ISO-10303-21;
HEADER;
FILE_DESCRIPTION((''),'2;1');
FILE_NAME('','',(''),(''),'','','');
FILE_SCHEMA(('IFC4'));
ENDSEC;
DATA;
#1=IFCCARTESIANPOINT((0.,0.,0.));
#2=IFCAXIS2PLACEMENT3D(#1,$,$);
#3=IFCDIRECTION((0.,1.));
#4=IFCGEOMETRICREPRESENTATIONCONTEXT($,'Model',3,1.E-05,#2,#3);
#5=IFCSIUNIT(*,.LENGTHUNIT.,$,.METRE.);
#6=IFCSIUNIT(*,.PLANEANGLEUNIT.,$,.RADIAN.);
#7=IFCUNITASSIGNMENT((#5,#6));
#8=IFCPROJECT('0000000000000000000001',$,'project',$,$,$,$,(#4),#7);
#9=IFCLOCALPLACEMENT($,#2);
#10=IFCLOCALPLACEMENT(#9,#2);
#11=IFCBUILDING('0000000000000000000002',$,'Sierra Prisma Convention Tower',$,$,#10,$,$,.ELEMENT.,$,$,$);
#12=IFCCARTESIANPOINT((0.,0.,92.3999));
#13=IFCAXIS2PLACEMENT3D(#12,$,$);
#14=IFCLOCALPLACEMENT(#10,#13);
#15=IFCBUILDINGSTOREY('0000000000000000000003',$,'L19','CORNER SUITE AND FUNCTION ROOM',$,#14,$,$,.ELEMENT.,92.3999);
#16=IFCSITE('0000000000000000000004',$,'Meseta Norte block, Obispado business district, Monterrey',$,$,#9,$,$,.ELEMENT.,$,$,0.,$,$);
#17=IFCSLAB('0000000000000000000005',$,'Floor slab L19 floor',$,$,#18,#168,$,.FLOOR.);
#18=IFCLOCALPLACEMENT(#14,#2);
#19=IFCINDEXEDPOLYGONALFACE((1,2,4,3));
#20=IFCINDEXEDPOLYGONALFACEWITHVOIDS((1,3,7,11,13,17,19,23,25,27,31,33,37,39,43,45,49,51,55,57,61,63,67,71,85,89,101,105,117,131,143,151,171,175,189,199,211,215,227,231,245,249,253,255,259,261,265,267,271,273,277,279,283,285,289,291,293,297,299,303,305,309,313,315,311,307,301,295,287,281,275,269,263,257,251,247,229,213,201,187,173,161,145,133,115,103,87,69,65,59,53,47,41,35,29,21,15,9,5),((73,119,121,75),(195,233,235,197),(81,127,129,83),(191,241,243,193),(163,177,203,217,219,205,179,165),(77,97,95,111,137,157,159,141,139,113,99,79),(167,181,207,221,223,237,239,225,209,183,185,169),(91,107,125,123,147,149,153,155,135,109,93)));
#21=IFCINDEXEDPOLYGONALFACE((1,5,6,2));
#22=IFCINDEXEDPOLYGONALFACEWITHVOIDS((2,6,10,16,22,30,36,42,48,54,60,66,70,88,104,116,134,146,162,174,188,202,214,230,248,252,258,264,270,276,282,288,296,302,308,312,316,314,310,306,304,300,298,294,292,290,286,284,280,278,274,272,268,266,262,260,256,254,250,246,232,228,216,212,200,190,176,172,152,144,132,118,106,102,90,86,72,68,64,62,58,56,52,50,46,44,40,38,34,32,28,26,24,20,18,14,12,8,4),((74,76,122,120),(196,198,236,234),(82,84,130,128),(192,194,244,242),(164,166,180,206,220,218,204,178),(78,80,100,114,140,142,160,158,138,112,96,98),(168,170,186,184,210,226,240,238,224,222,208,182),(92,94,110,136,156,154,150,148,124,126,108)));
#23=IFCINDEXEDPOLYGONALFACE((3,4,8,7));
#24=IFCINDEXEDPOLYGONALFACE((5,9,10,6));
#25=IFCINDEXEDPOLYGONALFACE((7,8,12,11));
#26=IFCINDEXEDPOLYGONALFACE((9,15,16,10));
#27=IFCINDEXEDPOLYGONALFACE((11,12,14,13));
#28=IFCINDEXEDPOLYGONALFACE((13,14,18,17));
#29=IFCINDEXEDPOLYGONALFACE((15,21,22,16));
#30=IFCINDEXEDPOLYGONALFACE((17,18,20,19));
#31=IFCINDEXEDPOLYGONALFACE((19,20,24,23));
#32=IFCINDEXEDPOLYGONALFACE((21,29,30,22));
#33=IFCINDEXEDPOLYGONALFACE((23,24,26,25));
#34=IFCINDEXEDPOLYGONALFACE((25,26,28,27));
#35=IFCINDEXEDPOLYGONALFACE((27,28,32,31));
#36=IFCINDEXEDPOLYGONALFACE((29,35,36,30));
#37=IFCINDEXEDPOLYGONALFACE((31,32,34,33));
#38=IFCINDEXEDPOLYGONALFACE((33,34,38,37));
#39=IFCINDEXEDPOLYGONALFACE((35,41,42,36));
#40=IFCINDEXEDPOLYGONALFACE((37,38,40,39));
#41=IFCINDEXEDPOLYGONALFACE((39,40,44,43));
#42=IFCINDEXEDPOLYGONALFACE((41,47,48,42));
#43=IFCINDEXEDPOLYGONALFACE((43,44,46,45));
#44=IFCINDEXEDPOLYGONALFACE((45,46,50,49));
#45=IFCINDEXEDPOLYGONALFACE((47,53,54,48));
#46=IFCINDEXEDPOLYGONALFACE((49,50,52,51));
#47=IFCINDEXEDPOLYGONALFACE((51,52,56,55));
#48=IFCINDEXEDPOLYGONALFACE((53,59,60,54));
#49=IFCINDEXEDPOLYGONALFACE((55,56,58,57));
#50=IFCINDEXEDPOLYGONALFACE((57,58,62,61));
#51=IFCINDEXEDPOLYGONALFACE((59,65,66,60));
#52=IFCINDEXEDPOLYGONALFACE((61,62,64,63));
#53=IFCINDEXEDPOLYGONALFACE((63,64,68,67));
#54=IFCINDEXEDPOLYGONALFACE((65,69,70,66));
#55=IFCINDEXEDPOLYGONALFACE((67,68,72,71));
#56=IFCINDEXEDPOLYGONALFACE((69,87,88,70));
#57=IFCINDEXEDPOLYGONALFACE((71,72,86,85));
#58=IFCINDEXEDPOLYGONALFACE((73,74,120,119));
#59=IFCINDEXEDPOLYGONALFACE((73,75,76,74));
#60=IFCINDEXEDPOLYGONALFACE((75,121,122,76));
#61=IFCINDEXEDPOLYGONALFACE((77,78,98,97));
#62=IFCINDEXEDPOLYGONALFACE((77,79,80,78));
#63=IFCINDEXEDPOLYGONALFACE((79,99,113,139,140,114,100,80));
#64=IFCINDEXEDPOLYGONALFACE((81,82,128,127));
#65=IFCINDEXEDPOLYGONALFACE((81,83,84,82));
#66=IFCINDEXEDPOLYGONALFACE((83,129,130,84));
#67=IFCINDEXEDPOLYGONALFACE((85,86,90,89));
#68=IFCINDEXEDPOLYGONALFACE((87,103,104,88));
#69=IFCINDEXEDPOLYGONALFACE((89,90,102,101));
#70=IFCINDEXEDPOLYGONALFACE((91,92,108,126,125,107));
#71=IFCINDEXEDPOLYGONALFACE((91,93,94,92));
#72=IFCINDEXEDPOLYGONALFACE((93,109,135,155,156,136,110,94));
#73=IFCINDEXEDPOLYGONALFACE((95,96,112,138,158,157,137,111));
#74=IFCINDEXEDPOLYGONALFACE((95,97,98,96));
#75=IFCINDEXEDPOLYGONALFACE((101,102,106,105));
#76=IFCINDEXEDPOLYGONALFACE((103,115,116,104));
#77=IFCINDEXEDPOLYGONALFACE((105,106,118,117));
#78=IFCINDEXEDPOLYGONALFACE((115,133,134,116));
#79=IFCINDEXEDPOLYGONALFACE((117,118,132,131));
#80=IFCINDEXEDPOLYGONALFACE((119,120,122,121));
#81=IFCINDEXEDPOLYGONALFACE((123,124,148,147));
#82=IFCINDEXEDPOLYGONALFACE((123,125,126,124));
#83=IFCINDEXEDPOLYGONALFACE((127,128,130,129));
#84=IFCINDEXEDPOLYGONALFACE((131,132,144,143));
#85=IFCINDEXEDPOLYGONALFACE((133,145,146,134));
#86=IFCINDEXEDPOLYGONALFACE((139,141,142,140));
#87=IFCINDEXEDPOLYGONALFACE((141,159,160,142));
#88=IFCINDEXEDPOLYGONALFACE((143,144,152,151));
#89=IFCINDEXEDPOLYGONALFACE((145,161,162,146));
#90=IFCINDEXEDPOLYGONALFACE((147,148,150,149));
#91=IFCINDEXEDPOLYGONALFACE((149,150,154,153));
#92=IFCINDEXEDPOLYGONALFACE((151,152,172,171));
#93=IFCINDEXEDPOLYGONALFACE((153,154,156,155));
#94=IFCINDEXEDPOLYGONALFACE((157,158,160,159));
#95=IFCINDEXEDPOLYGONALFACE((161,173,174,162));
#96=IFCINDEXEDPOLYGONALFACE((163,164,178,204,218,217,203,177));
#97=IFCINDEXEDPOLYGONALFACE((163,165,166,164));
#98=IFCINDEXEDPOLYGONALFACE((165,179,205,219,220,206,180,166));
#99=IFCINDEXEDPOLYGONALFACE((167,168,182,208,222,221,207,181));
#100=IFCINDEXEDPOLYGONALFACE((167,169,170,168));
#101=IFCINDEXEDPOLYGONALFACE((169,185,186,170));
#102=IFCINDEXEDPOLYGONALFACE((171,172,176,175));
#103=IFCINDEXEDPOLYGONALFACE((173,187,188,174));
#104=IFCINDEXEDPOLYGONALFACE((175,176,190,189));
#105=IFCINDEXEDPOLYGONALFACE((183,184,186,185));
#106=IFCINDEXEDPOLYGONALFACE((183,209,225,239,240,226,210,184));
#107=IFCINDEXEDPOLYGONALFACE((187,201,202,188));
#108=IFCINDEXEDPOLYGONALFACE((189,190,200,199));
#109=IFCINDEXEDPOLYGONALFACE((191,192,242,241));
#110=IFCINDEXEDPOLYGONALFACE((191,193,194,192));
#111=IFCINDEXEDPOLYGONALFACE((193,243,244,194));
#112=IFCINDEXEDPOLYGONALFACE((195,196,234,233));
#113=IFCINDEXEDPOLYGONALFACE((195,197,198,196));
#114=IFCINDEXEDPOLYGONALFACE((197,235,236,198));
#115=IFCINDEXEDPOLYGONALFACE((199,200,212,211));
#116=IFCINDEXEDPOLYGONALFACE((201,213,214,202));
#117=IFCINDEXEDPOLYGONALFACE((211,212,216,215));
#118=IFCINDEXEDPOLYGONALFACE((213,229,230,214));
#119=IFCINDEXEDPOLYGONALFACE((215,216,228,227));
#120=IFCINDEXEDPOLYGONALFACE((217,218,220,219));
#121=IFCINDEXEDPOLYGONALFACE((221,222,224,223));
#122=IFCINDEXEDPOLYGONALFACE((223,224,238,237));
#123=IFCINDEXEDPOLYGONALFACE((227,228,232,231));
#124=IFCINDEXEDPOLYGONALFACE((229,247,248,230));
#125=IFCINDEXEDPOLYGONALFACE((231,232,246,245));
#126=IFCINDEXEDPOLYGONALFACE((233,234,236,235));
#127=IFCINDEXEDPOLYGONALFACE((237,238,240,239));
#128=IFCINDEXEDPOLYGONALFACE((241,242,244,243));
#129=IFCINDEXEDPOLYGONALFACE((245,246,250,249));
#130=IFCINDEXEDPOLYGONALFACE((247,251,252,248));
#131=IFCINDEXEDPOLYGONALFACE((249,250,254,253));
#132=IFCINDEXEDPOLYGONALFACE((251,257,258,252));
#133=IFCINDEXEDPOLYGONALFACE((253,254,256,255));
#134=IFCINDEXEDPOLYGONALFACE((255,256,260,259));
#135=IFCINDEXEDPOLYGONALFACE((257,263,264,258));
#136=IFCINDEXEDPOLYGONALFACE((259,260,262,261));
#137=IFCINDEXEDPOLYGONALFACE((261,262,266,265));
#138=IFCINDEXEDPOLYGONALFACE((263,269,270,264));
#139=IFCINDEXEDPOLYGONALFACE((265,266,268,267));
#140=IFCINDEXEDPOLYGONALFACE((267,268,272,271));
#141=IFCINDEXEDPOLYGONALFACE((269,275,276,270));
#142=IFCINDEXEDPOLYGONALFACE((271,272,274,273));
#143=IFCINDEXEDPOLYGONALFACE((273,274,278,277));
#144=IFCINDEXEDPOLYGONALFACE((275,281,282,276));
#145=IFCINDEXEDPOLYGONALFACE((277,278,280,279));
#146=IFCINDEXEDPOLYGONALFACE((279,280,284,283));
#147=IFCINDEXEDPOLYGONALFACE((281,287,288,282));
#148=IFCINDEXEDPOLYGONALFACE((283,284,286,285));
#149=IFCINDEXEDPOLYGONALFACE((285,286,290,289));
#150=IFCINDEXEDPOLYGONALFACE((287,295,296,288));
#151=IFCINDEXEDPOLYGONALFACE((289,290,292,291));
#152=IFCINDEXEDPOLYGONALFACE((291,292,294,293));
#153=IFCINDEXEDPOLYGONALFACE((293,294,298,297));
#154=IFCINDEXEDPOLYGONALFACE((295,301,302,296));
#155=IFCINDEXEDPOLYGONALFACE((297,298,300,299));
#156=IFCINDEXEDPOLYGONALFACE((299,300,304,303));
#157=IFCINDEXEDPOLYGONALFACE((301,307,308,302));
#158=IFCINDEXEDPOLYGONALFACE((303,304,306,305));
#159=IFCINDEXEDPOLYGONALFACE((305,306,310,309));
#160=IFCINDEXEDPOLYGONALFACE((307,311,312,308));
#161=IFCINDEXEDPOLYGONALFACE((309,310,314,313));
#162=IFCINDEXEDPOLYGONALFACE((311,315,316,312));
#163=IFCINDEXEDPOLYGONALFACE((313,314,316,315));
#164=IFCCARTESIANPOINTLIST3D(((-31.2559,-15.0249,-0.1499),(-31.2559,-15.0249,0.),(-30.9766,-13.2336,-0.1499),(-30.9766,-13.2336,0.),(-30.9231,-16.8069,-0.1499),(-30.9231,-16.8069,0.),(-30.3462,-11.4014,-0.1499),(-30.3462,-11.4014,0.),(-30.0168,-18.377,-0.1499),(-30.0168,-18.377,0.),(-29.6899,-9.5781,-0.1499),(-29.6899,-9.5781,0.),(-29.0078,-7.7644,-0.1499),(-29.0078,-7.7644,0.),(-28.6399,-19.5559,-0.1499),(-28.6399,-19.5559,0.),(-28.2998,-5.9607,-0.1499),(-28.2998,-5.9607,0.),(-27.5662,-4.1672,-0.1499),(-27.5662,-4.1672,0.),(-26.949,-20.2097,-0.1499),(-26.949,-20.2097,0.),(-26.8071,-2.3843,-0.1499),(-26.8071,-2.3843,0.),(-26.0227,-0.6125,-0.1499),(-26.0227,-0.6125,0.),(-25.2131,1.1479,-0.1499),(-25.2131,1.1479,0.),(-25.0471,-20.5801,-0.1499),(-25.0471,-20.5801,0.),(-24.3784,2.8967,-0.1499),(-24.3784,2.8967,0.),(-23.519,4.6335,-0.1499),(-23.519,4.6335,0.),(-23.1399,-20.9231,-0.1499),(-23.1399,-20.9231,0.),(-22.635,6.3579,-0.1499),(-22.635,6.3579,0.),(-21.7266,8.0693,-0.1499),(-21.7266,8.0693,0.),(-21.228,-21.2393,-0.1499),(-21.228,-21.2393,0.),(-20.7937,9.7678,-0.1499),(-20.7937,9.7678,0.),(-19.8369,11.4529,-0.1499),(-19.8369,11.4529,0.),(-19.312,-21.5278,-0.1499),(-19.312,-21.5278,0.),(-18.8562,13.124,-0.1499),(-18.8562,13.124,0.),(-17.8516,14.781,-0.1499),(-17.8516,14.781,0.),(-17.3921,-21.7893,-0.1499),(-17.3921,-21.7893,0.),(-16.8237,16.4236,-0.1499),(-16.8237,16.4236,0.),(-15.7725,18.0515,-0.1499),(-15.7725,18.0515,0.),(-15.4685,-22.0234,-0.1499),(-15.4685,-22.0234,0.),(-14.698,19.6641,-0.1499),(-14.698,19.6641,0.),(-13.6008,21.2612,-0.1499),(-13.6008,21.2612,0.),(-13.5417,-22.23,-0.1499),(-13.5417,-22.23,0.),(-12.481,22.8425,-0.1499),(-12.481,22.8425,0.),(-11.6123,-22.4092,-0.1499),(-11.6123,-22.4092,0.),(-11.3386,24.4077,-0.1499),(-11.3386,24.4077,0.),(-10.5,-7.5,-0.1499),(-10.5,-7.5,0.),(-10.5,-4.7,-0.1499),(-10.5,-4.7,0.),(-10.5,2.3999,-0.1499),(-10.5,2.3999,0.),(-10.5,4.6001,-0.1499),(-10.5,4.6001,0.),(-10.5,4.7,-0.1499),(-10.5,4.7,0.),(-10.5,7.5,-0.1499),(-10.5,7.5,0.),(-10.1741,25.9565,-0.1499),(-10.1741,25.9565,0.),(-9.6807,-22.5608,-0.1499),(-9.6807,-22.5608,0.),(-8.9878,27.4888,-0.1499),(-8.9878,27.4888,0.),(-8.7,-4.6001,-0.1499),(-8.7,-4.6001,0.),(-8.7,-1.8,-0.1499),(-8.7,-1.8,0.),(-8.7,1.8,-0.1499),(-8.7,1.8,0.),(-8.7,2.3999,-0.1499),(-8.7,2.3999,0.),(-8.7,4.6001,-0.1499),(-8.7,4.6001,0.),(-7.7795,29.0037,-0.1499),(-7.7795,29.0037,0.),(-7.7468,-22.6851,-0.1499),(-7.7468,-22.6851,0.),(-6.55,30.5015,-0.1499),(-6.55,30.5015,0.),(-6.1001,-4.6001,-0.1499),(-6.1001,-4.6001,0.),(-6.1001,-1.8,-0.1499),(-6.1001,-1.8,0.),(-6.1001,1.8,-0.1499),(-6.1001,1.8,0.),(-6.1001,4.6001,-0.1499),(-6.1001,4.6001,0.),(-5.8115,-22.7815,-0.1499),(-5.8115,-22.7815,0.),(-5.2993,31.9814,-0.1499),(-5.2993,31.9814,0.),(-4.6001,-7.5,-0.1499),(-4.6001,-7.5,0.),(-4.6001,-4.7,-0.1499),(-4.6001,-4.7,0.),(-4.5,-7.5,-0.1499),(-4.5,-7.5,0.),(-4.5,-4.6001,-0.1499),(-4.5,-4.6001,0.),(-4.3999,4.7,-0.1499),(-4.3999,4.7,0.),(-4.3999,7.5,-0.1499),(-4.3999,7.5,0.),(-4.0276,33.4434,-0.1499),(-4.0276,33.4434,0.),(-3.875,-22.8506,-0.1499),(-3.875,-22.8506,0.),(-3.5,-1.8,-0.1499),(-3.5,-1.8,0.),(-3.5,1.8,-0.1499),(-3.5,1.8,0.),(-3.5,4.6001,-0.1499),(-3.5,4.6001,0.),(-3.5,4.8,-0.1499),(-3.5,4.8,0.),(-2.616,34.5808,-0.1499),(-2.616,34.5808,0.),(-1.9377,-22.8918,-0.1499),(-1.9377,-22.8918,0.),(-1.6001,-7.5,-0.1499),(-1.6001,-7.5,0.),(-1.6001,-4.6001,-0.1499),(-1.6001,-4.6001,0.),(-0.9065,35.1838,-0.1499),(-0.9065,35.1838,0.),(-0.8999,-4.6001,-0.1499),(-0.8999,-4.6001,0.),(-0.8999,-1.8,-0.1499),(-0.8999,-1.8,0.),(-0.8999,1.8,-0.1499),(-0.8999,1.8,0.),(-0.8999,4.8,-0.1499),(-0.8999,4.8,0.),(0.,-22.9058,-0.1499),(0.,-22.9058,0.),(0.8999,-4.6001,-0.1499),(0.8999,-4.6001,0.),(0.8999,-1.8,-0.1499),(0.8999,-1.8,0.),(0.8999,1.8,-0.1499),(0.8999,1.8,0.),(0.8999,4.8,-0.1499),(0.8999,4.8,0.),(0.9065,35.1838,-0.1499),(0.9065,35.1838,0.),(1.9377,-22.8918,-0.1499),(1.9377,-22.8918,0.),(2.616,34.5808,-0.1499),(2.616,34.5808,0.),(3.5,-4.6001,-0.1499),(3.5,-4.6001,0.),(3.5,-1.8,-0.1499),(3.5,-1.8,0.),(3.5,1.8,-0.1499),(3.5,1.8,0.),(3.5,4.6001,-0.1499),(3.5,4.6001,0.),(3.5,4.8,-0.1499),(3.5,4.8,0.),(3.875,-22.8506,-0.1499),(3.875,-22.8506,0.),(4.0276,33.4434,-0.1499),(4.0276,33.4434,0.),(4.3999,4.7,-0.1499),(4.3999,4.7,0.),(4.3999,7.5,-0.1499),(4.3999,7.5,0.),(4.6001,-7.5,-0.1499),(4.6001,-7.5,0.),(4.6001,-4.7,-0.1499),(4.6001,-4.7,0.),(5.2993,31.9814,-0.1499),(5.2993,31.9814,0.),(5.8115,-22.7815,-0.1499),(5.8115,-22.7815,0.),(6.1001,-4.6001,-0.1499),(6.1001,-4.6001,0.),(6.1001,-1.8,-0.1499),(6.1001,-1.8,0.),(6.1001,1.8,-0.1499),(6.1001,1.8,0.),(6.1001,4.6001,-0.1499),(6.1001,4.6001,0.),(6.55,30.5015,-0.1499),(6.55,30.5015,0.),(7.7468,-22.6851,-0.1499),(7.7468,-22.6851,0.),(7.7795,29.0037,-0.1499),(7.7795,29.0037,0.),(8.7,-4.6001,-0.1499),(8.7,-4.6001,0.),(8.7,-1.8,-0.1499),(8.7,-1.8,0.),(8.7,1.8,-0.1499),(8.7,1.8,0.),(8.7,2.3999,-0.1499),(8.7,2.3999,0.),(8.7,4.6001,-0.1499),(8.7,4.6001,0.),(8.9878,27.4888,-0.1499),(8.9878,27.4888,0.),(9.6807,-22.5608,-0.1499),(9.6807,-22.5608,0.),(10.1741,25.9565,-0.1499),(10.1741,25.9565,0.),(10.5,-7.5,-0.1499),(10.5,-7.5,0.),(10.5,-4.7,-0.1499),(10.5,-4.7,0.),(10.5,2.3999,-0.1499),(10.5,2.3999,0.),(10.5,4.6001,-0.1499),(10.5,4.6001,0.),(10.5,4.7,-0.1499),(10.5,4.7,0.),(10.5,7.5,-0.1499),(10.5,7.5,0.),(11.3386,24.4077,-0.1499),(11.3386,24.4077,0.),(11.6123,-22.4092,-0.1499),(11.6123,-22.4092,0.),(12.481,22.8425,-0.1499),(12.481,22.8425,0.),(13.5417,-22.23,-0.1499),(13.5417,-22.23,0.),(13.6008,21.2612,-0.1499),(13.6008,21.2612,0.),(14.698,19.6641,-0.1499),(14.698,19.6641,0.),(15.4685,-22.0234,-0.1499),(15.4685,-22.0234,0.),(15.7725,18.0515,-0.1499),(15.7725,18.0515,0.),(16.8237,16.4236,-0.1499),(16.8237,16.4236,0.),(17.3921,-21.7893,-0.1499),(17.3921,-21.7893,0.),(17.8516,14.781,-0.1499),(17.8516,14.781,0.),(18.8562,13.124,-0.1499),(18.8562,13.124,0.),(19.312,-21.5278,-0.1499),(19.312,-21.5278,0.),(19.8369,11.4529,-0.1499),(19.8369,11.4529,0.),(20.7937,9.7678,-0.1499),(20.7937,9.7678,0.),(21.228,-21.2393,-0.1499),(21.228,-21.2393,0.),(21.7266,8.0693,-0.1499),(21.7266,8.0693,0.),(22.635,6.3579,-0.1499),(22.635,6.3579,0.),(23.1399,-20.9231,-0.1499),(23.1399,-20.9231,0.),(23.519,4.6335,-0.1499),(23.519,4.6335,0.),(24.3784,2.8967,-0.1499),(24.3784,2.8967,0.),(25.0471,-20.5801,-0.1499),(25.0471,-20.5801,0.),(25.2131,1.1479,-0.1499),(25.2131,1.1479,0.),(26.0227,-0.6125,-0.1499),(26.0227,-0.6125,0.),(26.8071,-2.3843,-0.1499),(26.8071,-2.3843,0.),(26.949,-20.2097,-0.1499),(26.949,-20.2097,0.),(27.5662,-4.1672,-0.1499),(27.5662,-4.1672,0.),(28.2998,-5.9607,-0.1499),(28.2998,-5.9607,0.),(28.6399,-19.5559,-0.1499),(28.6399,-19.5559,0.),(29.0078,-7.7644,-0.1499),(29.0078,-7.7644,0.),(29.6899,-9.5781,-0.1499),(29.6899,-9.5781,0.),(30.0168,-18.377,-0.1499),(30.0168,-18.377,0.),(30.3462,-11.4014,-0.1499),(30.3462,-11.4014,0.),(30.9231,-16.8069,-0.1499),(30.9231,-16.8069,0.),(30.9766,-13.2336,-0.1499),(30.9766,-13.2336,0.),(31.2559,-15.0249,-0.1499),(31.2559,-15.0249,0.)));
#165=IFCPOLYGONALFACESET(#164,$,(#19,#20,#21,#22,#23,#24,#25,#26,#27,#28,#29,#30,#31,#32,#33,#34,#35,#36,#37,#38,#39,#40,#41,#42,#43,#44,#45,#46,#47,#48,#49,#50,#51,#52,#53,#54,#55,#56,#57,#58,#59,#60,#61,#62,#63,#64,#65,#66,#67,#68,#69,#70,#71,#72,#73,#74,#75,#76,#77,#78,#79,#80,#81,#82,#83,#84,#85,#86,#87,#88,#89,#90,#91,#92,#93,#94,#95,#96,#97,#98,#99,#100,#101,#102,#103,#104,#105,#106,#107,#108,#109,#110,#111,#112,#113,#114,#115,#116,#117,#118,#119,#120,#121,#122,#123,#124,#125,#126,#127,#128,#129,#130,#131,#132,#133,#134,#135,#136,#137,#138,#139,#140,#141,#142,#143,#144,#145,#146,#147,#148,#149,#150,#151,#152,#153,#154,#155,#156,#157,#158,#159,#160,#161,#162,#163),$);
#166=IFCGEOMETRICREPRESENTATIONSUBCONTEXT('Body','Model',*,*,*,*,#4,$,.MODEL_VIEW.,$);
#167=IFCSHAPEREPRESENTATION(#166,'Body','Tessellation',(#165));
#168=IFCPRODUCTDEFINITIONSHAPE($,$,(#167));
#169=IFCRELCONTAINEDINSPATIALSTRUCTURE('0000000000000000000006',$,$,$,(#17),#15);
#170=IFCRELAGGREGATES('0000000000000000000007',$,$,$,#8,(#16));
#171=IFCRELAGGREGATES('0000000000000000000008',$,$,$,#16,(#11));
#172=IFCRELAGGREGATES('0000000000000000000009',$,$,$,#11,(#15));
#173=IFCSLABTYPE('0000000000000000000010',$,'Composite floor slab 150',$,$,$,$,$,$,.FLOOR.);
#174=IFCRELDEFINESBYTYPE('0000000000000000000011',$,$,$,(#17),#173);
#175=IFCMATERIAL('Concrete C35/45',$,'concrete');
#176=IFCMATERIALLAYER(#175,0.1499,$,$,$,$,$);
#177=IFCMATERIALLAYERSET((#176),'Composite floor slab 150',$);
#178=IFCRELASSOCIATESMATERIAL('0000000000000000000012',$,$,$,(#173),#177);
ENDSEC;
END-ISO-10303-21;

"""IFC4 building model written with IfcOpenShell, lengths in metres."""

from ifc_helpers import new_model, si_unit, direction, frame, origin, place, context, subcontext, project, spatial, polyline, outline, extrude, material, layer, layer_set, type_object, element, save


model = new_model("IFC4")

# Units and contexts
model_context = context("Model", 3, precision=1e-05, world=origin(), true_north=direction((0.0, 1.0)))
body_context = subcontext(model_context, "Body", "Model", "MODEL_VIEW")
ifc_project = project(units=[si_unit("LENGTHUNIT", "METRE"), si_unit("PLANEANGLEUNIT", "RADIAN")], contexts=[model_context])

# Site, building, storey
site_placement = place(None, origin())
site = spatial("IfcSite", under=ifc_project, at=site_placement, Name="Meseta Norte block, Obispado business district, Monterrey", CompositionType="ELEMENT", RefElevation=0.0)
building_placement = place(site_placement, origin())
building = spatial("IfcBuilding", under=site, at=building_placement, Name="Sierra Prisma Convention Tower", CompositionType="ELEMENT")
storey_placement = place(building_placement, frame((0.0, 0.0, 92.3999)))
storey = spatial("IfcBuildingStorey", under=building, at=storey_placement, Name="L19", Description="CORNER SUITE AND FUNCTION ROOM", CompositionType="ELEMENT", Elevation=92.3999)

# Slab
ifc_material_1 = material(Name="Concrete C35/45", Category="concrete")
ifc_layer_1 = layer(ifc_material_1, 0.1499)
ifc_layer_set_1 = layer_set([ifc_layer_1], Name="Composite floor slab 150")
slab_type = type_object("IfcSlabType", Name="Composite floor slab 150", PredefinedType="FLOOR", material=ifc_layer_set_1)
slab_placement = place(storey_placement, frame((0.0, 0.0, -0.1499)))
element("IfcSlab", 1, at=slab_placement, inside=storey, type_object=slab_type, Name="Floor slab L19 floor", PredefinedType="FLOOR", context=body_context, shape_type="SweptSolid", body=[
    extrude(outline(polyline([(-26.949, -20.2097), (-25.0471, -20.5801), (-23.1399, -20.9231), (-21.228, -21.2393), (-19.312, -21.5278), (-17.3921, -21.7893), (-15.4685, -22.0234), (-13.5417, -22.23), (-11.6123, -22.4092), (-9.6807, -22.5608), (-7.7468, -22.6851), (-5.8115, -22.7815), (-3.875, -22.8506), (-1.9377, -22.8918), (0.0, -22.9058), (1.9377, -22.8918), (3.875, -22.8506), (5.8115, -22.7815), (7.7468, -22.6851), (9.6807, -22.5608), (11.6123, -22.4092), (13.5417, -22.23), (15.4685, -22.0234), (17.3921, -21.7893), (19.312, -21.5278), (21.228, -21.2393), (23.1399, -20.9231), (25.0471, -20.5801), (26.949, -20.2097), (28.6399, -19.5559), (30.0168, -18.377), (30.9231, -16.8069), (31.2559, -15.0249), (30.9766, -13.2336), (30.3462, -11.4014), (29.6899, -9.5781), (29.0078, -7.7644), (28.2998, -5.9607), (27.5662, -4.1672), (26.8071, -2.3843), (26.0227, -0.6125), (25.2131, 1.1479), (24.3784, 2.8967), (23.519, 4.6335), (22.635, 6.3579), (21.7266, 8.0693), (20.7937, 9.7678), (19.8369, 11.4529), (18.8562, 13.124), (17.8516, 14.781), (16.8237, 16.4236), (15.7725, 18.0515), (14.698, 19.6641), (13.6008, 21.2612), (12.481, 22.8425), (11.3386, 24.4077), (10.1741, 25.9565), (8.9878, 27.4888), (7.7795, 29.0037), (6.55, 30.5015), (5.2993, 31.9814), (4.0276, 33.4434), (2.616, 34.5808), (0.9065, 35.1838), (-0.9065, 35.1838), (-2.616, 34.5808), (-4.0276, 33.4434), (-5.2993, 31.9814), (-6.55, 30.5015), (-7.7795, 29.0037), (-8.9878, 27.4888), (-10.1741, 25.9565), (-11.3386, 24.4077), (-12.481, 22.8425), (-13.6008, 21.2612), (-14.698, 19.6641), (-15.7725, 18.0515), (-16.8237, 16.4236), (-17.8516, 14.781), (-18.8562, 13.124), (-19.8369, 11.4529), (-20.7937, 9.7678), (-21.7266, 8.0693), (-22.635, 6.3579), (-23.519, 4.6335), (-24.3784, 2.8967), (-25.2131, 1.1479), (-26.0227, -0.6125), (-26.8071, -2.3843), (-27.5662, -4.1672), (-28.2998, -5.9607), (-29.0078, -7.7644), (-29.6899, -9.5781), (-30.3462, -11.4014), (-30.9766, -13.2336), (-31.2559, -15.0249), (-30.9231, -16.8069), (-30.0168, -18.377), (-28.6399, -19.5559), (-26.949, -20.2097)]), holes=[polyline([(-4.6001, -7.5), (-10.5, -7.5), (-10.5, -4.7), (-4.6001, -4.7), (-4.6001, -7.5)]), polyline([(-8.7, -4.6001), (-8.7, -1.8), (-6.1001, -1.8), (-3.5, -1.8), (-0.8999, -1.8), (-0.8999, -4.6001), (-1.6001, -4.6001), (-1.6001, -7.5), (-4.5, -7.5), (-4.5, -4.6001), (-6.1001, -4.6001), (-8.7, -4.6001)]), polyline([(-10.5, 4.6001), (-8.7, 4.6001), (-6.1001, 4.6001), (-3.5, 4.6001), (-3.5, 4.8), (-0.8999, 4.8), (-0.8999, 1.8), (-3.5, 1.8), (-6.1001, 1.8), (-8.7, 1.8), (-8.7, 2.3999), (-10.5, 2.3999), (-10.5, 4.6001)]), polyline([(-4.3999, 4.7), (-10.5, 4.7), (-10.5, 7.5), (-4.3999, 7.5), (-4.3999, 4.7)]), polyline([(10.5, -7.5), (4.6001, -7.5), (4.6001, -4.7), (10.5, -4.7), (10.5, -7.5)]), polyline([(6.1001, -1.8), (8.7, -1.8), (8.7, -4.6001), (6.1001, -4.6001), (3.5, -4.6001), (0.8999, -4.6001), (0.8999, -1.8), (3.5, -1.8), (6.1001, -1.8)]), polyline([(10.5, 4.6001), (10.5, 2.3999), (8.7, 2.3999), (8.7, 1.8), (6.1001, 1.8), (3.5, 1.8), (0.8999, 1.8), (0.8999, 4.8), (3.5, 4.8), (3.5, 4.6001), (6.1001, 4.6001), (8.7, 4.6001), (10.5, 4.6001)]), polyline([(4.3999, 4.7), (4.3999, 7.5), (10.5, 7.5), (10.5, 4.7), (4.3999, 4.7)])]), origin(), (0.0, 0.0, 1.0), 0.1499),
])

save(model, "model.ifc")
